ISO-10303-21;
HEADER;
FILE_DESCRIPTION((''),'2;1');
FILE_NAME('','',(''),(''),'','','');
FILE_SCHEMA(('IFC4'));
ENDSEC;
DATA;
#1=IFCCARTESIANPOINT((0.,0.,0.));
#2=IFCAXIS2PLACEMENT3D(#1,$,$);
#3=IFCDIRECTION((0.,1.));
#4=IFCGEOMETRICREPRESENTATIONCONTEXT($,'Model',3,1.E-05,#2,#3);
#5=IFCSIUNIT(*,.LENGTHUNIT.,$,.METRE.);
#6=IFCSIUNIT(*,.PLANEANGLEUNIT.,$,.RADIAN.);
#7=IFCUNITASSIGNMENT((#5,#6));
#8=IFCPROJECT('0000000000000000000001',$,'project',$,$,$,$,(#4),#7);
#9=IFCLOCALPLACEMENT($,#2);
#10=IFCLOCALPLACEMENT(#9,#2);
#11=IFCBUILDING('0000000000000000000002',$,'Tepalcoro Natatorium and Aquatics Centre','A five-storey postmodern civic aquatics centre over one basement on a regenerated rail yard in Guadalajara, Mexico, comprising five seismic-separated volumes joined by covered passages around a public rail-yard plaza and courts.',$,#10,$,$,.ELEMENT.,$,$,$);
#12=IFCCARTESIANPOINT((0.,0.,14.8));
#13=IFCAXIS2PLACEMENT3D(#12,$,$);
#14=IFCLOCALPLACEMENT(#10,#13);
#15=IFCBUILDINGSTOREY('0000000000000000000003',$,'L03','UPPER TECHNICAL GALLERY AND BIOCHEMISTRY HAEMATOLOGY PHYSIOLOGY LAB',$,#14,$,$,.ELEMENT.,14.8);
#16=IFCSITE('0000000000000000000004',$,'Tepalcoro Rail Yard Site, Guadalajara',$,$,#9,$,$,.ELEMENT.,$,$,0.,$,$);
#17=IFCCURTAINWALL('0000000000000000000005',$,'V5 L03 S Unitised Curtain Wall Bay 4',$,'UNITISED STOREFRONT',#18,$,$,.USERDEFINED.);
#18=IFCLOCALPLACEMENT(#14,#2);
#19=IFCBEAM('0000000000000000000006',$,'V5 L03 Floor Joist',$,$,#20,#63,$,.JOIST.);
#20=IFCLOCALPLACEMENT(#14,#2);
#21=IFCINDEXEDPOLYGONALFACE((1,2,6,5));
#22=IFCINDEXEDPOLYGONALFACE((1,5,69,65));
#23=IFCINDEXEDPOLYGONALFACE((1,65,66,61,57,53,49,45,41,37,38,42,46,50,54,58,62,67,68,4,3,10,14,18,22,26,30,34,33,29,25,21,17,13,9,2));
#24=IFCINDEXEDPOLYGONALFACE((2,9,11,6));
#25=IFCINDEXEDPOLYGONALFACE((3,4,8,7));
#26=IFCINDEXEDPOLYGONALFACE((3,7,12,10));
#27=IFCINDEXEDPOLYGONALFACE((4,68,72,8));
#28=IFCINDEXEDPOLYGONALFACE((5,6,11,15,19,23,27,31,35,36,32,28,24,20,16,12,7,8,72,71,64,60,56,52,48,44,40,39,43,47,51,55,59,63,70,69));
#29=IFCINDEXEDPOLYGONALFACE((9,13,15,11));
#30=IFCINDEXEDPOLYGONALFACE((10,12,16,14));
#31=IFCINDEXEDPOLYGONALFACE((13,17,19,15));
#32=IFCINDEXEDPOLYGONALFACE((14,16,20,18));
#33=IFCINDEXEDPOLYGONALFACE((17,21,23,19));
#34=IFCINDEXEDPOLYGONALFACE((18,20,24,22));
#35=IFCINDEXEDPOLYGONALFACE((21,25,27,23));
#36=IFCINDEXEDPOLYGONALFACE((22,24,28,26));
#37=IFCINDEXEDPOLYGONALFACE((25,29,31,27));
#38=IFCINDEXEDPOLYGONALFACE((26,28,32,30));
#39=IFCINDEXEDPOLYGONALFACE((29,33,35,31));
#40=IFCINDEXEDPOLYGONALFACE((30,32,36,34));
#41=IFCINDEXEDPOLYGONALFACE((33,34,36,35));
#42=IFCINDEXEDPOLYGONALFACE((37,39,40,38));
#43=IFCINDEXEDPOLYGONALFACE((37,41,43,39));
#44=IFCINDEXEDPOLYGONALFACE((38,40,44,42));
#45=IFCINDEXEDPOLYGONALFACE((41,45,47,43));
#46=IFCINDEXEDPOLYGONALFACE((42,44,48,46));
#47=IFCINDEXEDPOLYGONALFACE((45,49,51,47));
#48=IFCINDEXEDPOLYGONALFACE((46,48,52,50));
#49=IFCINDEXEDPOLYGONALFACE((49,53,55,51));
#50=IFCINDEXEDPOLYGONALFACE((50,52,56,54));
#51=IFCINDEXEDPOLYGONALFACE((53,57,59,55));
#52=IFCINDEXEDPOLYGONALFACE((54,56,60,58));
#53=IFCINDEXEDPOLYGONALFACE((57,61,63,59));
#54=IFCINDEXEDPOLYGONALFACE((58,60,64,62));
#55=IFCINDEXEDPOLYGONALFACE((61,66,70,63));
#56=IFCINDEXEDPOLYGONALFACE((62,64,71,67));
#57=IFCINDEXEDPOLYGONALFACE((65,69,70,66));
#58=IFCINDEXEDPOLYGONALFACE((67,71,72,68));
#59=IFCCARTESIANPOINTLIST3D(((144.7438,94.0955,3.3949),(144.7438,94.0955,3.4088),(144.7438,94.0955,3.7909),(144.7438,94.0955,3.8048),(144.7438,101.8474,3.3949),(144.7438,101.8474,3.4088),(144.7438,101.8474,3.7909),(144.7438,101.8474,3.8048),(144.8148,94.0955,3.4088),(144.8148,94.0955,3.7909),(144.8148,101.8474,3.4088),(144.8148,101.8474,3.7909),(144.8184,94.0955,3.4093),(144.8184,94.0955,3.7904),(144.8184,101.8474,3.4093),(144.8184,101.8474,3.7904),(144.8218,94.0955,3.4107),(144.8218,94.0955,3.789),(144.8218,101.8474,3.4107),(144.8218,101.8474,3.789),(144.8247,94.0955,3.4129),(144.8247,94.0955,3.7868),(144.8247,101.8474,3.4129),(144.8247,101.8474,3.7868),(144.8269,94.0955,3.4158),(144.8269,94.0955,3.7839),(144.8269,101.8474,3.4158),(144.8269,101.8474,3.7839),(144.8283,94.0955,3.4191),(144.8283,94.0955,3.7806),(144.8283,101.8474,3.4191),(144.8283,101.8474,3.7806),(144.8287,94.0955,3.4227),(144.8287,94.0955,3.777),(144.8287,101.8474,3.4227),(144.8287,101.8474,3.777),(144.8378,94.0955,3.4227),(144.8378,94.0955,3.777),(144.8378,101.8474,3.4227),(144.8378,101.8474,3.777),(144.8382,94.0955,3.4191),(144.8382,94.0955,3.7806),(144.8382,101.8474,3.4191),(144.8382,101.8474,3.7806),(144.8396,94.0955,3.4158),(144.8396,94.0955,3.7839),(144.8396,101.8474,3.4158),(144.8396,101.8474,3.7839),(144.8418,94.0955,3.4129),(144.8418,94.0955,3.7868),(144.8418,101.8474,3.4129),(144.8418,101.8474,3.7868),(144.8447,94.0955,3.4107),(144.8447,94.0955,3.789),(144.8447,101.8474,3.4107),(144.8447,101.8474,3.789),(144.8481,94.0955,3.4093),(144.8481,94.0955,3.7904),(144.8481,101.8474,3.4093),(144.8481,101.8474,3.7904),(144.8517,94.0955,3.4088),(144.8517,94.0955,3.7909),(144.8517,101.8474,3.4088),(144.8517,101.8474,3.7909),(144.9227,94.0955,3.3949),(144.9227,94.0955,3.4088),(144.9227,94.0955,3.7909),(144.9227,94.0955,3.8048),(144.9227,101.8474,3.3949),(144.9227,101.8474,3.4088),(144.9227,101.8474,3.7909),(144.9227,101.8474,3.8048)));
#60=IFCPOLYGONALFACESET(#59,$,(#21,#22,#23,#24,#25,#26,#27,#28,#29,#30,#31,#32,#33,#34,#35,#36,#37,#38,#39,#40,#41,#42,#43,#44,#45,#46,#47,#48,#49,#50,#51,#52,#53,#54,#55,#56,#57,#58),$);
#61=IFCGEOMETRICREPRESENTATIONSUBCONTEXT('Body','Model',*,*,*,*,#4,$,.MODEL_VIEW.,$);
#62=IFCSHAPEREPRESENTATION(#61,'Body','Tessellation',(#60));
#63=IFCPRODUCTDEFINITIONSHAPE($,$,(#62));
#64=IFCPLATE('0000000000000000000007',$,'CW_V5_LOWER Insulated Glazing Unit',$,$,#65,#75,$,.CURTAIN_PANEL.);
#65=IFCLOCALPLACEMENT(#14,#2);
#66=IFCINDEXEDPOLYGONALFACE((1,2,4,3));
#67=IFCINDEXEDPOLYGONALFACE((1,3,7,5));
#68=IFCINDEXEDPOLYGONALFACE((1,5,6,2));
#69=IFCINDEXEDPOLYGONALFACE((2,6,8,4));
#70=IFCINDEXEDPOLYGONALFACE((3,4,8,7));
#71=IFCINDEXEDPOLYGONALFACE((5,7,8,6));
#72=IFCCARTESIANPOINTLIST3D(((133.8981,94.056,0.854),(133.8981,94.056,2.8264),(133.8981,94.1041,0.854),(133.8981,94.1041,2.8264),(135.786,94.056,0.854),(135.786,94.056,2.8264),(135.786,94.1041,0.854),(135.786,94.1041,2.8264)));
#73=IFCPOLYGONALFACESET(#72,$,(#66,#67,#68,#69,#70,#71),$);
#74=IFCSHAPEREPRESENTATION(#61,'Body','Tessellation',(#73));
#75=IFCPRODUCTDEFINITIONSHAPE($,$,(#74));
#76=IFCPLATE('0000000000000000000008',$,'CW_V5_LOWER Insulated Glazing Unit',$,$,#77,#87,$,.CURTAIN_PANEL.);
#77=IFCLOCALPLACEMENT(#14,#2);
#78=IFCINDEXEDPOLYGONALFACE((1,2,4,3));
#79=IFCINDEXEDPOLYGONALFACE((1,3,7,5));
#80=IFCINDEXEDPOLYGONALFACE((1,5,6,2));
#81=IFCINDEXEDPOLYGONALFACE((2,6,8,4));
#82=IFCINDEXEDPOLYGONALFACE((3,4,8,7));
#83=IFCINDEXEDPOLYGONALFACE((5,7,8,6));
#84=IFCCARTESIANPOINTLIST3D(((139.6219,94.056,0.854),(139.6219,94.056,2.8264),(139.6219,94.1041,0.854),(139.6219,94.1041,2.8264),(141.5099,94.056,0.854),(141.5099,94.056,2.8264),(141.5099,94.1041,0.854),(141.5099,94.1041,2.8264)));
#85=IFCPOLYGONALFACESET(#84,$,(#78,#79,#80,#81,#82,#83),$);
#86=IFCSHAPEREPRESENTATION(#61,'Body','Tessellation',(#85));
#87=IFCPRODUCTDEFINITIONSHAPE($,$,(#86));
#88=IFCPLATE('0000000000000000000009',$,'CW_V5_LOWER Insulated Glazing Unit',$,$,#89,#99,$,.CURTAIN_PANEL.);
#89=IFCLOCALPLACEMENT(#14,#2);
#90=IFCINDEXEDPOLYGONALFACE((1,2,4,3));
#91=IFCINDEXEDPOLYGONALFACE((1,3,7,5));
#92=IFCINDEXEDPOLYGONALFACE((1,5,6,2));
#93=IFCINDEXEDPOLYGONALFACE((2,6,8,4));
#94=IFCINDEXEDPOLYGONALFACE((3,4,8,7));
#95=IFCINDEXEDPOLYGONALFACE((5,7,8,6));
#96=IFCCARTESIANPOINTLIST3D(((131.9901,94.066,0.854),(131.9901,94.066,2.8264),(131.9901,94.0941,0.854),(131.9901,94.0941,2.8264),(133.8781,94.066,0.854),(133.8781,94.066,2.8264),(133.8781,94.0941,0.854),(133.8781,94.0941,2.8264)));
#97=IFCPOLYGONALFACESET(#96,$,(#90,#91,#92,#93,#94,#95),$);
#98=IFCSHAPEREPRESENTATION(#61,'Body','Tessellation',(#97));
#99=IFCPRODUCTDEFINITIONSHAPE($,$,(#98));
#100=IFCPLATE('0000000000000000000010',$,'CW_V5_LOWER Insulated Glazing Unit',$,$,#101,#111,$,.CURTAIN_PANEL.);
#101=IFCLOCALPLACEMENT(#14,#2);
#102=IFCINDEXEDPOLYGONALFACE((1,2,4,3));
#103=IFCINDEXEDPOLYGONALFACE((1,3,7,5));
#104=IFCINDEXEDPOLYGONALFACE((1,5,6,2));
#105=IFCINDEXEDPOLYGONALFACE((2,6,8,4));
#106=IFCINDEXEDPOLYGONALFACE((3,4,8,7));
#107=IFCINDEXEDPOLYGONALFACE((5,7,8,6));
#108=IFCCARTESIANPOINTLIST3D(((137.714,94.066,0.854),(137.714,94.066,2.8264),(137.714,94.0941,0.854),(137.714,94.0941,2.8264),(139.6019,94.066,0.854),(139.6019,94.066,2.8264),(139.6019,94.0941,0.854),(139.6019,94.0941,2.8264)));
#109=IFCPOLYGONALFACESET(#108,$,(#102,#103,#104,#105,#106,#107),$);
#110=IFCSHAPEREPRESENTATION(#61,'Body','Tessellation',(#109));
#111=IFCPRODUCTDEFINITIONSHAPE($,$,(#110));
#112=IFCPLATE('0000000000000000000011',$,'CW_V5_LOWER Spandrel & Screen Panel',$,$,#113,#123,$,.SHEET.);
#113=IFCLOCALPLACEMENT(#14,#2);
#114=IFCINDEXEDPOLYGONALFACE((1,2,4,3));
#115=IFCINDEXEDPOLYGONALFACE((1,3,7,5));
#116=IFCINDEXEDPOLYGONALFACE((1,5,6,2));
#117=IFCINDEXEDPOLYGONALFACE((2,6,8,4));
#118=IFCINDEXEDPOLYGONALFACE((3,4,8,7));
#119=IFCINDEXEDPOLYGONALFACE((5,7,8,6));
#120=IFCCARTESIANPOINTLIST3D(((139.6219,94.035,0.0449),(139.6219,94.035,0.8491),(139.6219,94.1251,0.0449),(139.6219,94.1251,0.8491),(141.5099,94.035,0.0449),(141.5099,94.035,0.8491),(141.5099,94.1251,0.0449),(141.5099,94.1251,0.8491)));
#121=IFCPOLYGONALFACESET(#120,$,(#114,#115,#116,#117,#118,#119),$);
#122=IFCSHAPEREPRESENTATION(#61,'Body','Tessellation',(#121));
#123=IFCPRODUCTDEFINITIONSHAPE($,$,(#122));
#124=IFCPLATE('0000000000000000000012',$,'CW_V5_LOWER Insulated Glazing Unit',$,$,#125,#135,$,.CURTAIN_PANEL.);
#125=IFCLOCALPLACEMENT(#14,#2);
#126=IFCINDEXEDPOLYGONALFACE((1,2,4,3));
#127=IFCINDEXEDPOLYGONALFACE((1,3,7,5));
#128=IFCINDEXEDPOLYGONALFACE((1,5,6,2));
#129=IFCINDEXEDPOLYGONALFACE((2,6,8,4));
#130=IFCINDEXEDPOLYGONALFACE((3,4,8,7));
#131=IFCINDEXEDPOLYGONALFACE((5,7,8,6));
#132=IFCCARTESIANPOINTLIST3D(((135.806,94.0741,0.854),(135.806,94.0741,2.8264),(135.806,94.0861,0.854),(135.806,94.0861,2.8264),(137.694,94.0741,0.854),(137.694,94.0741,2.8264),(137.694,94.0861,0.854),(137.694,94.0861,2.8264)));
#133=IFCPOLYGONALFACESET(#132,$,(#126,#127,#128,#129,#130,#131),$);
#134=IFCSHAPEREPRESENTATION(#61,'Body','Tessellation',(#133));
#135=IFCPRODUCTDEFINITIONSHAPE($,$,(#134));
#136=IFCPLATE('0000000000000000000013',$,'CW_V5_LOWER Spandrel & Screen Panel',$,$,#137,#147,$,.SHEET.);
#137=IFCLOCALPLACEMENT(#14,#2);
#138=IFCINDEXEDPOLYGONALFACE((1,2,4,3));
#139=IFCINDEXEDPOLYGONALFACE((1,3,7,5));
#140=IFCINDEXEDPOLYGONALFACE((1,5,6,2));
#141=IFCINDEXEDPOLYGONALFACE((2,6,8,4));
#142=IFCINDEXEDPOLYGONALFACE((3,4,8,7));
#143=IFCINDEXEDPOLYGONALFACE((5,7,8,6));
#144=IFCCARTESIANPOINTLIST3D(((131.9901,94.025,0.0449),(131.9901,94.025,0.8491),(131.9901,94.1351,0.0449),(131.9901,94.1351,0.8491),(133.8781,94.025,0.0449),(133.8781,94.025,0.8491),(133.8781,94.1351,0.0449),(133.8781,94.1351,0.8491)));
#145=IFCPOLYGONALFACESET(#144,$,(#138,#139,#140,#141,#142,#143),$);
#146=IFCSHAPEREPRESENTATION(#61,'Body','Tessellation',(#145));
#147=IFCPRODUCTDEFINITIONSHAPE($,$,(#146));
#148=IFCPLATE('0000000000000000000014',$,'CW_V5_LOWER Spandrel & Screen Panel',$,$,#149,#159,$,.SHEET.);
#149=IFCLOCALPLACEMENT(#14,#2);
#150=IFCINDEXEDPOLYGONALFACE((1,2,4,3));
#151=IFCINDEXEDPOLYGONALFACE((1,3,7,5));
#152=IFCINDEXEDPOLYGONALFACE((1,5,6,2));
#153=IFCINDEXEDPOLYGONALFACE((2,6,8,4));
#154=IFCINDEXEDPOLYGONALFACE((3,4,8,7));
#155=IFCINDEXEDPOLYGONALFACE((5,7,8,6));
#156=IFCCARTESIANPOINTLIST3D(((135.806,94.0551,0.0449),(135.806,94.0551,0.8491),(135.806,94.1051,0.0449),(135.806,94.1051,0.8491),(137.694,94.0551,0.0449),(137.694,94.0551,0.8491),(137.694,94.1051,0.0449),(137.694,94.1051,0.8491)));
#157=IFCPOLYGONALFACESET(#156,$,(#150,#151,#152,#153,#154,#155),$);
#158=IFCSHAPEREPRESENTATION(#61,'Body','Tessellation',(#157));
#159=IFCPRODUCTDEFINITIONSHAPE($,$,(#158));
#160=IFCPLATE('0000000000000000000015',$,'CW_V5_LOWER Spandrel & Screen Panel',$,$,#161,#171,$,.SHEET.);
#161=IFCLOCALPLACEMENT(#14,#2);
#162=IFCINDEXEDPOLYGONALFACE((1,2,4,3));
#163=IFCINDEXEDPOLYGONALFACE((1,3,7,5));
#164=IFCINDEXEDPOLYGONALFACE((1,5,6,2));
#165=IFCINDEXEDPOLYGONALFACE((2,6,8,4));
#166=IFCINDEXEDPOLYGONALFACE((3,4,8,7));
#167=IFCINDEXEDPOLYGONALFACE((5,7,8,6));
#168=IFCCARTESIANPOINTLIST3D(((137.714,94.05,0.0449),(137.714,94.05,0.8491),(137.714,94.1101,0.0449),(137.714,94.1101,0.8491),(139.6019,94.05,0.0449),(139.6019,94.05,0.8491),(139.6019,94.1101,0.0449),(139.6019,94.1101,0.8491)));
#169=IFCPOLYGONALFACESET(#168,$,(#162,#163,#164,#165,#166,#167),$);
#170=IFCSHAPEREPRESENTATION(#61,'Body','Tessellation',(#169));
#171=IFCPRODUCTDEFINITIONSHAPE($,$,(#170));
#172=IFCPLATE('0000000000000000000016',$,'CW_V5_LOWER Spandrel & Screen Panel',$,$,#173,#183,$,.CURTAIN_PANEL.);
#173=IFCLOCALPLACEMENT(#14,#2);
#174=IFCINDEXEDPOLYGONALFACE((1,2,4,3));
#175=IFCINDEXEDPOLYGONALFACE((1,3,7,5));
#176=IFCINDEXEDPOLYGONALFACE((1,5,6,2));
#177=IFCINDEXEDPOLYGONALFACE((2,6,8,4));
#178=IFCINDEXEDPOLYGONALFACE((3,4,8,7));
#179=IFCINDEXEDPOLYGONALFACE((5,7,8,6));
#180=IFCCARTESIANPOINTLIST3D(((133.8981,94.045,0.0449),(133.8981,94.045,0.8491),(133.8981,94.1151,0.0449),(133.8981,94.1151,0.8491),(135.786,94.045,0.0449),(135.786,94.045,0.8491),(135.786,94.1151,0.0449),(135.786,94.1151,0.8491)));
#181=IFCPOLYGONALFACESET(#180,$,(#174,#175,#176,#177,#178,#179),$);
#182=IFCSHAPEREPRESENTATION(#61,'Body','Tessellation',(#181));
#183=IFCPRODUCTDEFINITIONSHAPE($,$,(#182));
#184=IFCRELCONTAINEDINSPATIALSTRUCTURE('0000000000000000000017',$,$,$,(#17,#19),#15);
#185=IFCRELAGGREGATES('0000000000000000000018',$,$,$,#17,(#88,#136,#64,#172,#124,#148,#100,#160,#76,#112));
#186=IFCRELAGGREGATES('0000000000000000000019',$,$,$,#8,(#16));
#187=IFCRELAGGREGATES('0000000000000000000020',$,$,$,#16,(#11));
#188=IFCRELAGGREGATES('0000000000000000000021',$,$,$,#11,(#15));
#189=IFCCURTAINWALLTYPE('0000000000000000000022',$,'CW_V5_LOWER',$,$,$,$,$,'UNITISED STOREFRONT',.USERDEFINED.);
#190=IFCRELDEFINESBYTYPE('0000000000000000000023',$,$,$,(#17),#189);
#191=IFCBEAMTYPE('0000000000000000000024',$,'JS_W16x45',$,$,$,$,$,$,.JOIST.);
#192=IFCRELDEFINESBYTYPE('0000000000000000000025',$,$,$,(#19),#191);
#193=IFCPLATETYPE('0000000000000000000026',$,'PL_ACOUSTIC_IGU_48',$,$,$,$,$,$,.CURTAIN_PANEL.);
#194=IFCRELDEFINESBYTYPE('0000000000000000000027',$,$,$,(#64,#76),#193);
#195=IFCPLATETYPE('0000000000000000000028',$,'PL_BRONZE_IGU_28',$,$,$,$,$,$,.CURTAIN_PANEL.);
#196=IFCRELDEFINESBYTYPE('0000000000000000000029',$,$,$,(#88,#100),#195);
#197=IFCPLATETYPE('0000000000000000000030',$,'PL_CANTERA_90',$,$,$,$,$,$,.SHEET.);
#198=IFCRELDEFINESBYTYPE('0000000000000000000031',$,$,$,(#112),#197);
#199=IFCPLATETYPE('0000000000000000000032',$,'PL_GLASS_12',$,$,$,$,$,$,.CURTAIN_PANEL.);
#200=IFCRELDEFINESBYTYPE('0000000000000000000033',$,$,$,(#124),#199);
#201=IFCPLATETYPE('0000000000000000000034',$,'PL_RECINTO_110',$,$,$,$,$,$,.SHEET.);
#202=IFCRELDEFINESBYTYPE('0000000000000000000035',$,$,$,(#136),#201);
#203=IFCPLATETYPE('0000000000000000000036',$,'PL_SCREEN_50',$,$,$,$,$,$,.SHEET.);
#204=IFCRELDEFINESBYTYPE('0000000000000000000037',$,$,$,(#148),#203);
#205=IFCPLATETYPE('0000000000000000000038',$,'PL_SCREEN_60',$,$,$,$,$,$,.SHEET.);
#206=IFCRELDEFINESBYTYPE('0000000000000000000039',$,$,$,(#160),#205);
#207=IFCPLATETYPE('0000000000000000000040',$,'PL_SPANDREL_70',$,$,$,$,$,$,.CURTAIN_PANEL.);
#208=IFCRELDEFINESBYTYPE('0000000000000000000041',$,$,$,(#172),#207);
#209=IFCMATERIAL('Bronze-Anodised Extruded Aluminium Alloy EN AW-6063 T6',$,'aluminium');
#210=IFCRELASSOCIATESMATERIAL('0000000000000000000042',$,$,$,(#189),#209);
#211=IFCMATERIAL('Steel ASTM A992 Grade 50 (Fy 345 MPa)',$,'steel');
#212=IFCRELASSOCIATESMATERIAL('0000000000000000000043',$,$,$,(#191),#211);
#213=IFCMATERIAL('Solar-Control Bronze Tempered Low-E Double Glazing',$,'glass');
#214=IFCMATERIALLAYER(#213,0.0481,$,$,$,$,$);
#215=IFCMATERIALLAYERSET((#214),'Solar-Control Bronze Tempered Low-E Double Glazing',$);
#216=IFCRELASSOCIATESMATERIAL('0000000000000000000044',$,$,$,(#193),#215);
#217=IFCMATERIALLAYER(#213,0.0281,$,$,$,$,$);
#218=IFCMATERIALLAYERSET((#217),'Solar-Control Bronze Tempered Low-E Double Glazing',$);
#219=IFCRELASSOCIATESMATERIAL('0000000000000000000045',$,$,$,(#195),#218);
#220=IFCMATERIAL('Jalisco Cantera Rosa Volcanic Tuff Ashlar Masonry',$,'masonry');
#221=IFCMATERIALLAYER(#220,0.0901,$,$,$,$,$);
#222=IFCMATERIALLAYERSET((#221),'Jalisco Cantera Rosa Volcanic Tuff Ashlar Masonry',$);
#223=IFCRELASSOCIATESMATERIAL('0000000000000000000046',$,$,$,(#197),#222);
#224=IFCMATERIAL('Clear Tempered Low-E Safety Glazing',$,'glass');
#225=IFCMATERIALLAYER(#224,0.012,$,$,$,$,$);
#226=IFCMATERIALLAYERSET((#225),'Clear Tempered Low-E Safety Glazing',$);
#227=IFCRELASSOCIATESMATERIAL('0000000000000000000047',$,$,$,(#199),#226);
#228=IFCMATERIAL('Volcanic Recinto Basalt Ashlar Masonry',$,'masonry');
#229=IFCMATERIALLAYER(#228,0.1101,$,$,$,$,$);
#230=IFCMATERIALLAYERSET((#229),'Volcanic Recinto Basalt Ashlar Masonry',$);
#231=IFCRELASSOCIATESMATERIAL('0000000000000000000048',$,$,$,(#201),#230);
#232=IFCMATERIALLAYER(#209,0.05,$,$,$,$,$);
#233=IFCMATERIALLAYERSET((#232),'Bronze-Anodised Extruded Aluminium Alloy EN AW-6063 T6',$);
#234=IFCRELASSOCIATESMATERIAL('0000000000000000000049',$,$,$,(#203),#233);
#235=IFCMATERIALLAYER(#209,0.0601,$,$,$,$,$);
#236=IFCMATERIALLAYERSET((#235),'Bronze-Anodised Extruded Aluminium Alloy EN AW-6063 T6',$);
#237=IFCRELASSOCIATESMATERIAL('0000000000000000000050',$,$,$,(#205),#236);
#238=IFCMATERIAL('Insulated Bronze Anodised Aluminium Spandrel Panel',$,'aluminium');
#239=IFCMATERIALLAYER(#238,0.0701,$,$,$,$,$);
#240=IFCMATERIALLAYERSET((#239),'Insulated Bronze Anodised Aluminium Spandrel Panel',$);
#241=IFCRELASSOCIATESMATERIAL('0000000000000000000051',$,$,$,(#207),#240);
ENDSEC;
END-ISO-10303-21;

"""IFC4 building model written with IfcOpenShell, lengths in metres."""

from ifc_helpers import new_model, si_unit, direction, frame, origin, origin_2d, place, context, subcontext, project, spatial, rectangle, i_section, extrude, material, layer, layer_set, material_profile, profile_set, type_object, element, aggregate, save


model = new_model("IFC4")

# Units and contexts
model_context = context("Model", 3, precision=1e-05, world=origin(), true_north=direction((0.0, 1.0)))
body_context = subcontext(model_context, "Body", "Model", "MODEL_VIEW")
ifc_project = project(units=[si_unit("LENGTHUNIT", "METRE"), si_unit("PLANEANGLEUNIT", "RADIAN")], contexts=[model_context])

# Site, building, storey
site_placement = place(None, origin())
site = spatial("IfcSite", under=ifc_project, at=site_placement, Name="Tepalcoro Rail Yard Site, Guadalajara", CompositionType="ELEMENT", RefElevation=0.0)
building_placement = place(site_placement, origin())
building = spatial("IfcBuilding", under=site, at=building_placement, Name="Tepalcoro Natatorium and Aquatics Centre", Description="A five-storey postmodern civic aquatics centre over one basement on a regenerated rail yard in Guadalajara, Mexico, comprising five seismic-separated volumes joined by covered passages around a public rail-yard plaza and courts.", CompositionType="ELEMENT")
storey_placement = place(building_placement, frame((0.0, 0.0, 14.8)))
storey = spatial("IfcBuildingStorey", under=building, at=storey_placement, Name="L03", Description="UPPER TECHNICAL GALLERY AND BIOCHEMISTRY HAEMATOLOGY PHYSIOLOGY LAB", CompositionType="ELEMENT", Elevation=14.8)

# Shared definitions
ifc_material_1 = material(Name="Steel ASTM A992 Grade 50 (Fy 345 MPa)", Category="steel")

# Curtain wall
ifc_material_2 = material(Name="Bronze-Anodised Extruded Aluminium Alloy EN AW-6063 T6", Category="aluminium")
curtain_wall_type = type_object("IfcCurtainWallType", Name="CW_V5_LOWER", ElementType="UNITISED STOREFRONT", PredefinedType="USERDEFINED", material=ifc_material_2)
curtain_wall_placement = place(storey_placement, origin())
curtain_wall = element("IfcCurtainWall", 1, at=curtain_wall_placement, inside=storey, type_object=curtain_wall_type, Name="V5 L03 S Unitised Curtain Wall Bay 4", ObjectType="UNITISED STOREFRONT", PredefinedType="USERDEFINED")

# Beam
ifc_material_profile_1 = material_profile(ifc_material_1, i_section(OverallWidth=0.179, OverallDepth=0.4099, WebThickness=0.009, FlangeThickness=0.0139, FilletRadius=0.0139, at=origin_2d()), Name="W16X45")
ifc_profile_set_1 = profile_set([ifc_material_profile_1], Name="Steel ASTM A992 Grade 50 (Fy 345 MPa)")
beam_type_1 = type_object("IfcBeamType", Name="JS_W16x45", PredefinedType="JOIST", material=ifc_profile_set_1)
beam_1_placement = place(storey_placement, frame((144.8333, 94.0955, 3.5999), z_axis=(0.0, 1.0, 0.0), x_axis=(-1.0, 0.0, 0.0)))
element("IfcBeam", 2, at=beam_1_placement, inside=storey, type_object=beam_type_1, Name="V5 L03 Floor Joist", PredefinedType="JOIST", context=body_context, shape_type="SweptSolid", body=[
    extrude(i_section(OverallWidth=0.179, OverallDepth=0.4099, WebThickness=0.009, FlangeThickness=0.0139, FilletRadius=0.0139, at=origin_2d()), origin(), (0.0, 0.0, 1.0), 7.752),
])

# Plates
ifc_material_3 = material(Name="Solar-Control Bronze Tempered Low-E Double Glazing", Category="glass")
ifc_layer_1 = layer(ifc_material_3, 0.0481)
ifc_layer_set_1 = layer_set([ifc_layer_1], Name="Solar-Control Bronze Tempered Low-E Double Glazing")
plate_type_1 = type_object("IfcPlateType", Name="PL_ACOUSTIC_IGU_48", PredefinedType="CURTAIN_PANEL", material=ifc_layer_set_1)
plate_1_placement = place(storey_placement, frame((134.842, 94.0801, 0.854), z_axis=(0.0, 0.0, 1.0), x_axis=(1.0, 0.0, 0.0)))
plate_1 = element("IfcPlate", 3, at=plate_1_placement, type_object=plate_type_1, Name="CW_V5_LOWER Insulated Glazing Unit", PredefinedType="CURTAIN_PANEL", context=body_context, shape_type="SweptSolid", body=[
    extrude(rectangle(XDim=1.8879, YDim=0.0481, at=origin_2d()), origin(), (0.0, 0.0, 1.0), 1.9724),
])
plate_2_placement = place(storey_placement, frame((140.5659, 94.0801, 0.854), z_axis=(0.0, 0.0, 1.0), x_axis=(1.0, 0.0, 0.0)))
plate_2 = element("IfcPlate", 4, at=plate_2_placement, type_object=plate_type_1, Name="CW_V5_LOWER Insulated Glazing Unit", PredefinedType="CURTAIN_PANEL", context=body_context, shape_type="SweptSolid", body=[
    extrude(rectangle(XDim=1.8879, YDim=0.0481, at=origin_2d()), origin(), (0.0, 0.0, 1.0), 1.9724),
])
ifc_layer_2 = layer(ifc_material_3, 0.0281)
ifc_layer_set_2 = layer_set([ifc_layer_2], Name="Solar-Control Bronze Tempered Low-E Double Glazing")
plate_type_2 = type_object("IfcPlateType", Name="PL_BRONZE_IGU_28", PredefinedType="CURTAIN_PANEL", material=ifc_layer_set_2)
plate_3_placement = place(storey_placement, frame((132.9341, 94.0801, 0.854), z_axis=(0.0, 0.0, 1.0), x_axis=(1.0, 0.0, 0.0)))
plate_3 = element("IfcPlate", 5, at=plate_3_placement, type_object=plate_type_2, Name="CW_V5_LOWER Insulated Glazing Unit", PredefinedType="CURTAIN_PANEL", context=body_context, shape_type="SweptSolid", body=[
    extrude(rectangle(XDim=1.8879, YDim=0.0281, at=origin_2d()), origin(), (0.0, 0.0, 1.0), 1.9724),
])
plate_4_placement = place(storey_placement, frame((138.658, 94.0801, 0.854), z_axis=(0.0, 0.0, 1.0), x_axis=(1.0, 0.0, 0.0)))
plate_4 = element("IfcPlate", 6, at=plate_4_placement, type_object=plate_type_2, Name="CW_V5_LOWER Insulated Glazing Unit", PredefinedType="CURTAIN_PANEL", context=body_context, shape_type="SweptSolid", body=[
    extrude(rectangle(XDim=1.8879, YDim=0.0281, at=origin_2d()), origin(), (0.0, 0.0, 1.0), 1.9724),
])
ifc_material_4 = material(Name="Jalisco Cantera Rosa Volcanic Tuff Ashlar Masonry", Category="masonry")
ifc_layer_3 = layer(ifc_material_4, 0.0901)
ifc_layer_set_3 = layer_set([ifc_layer_3], Name="Jalisco Cantera Rosa Volcanic Tuff Ashlar Masonry")
plate_type_3 = type_object("IfcPlateType", Name="PL_CANTERA_90", PredefinedType="SHEET", material=ifc_layer_set_3)
plate_5_placement = place(storey_placement, frame((140.5659, 94.0801, 0.0449), z_axis=(0.0, 0.0, 1.0), x_axis=(1.0, 0.0, 0.0)))
plate_5 = element("IfcPlate", 7, at=plate_5_placement, type_object=plate_type_3, Name="CW_V5_LOWER Spandrel & Screen Panel", PredefinedType="SHEET", context=body_context, shape_type="SweptSolid", body=[
    extrude(rectangle(XDim=1.8879, YDim=0.0901, at=origin_2d()), origin(), (0.0, 0.0, 1.0), 0.8042),
])
ifc_material_5 = material(Name="Clear Tempered Low-E Safety Glazing", Category="glass")
ifc_layer_4 = layer(ifc_material_5, 0.012)
ifc_layer_set_4 = layer_set([ifc_layer_4], Name="Clear Tempered Low-E Safety Glazing")
plate_type_4 = type_object("IfcPlateType", Name="PL_GLASS_12", PredefinedType="CURTAIN_PANEL", material=ifc_layer_set_4)
plate_6_placement = place(storey_placement, frame((136.75, 94.0801, 0.854), z_axis=(0.0, 0.0, 1.0), x_axis=(1.0, 0.0, 0.0)))
plate_6 = element("IfcPlate", 8, at=plate_6_placement, type_object=plate_type_4, Name="CW_V5_LOWER Insulated Glazing Unit", PredefinedType="CURTAIN_PANEL", context=body_context, shape_type="SweptSolid", body=[
    extrude(rectangle(XDim=1.8879, YDim=0.012, at=origin_2d()), origin(), (0.0, 0.0, 1.0), 1.9724),
])
ifc_material_6 = material(Name="Volcanic Recinto Basalt Ashlar Masonry", Category="masonry")
ifc_layer_5 = layer(ifc_material_6, 0.1101)
ifc_layer_set_5 = layer_set([ifc_layer_5], Name="Volcanic Recinto Basalt Ashlar Masonry")
plate_type_5 = type_object("IfcPlateType", Name="PL_RECINTO_110", PredefinedType="SHEET", material=ifc_layer_set_5)
plate_7_placement = place(storey_placement, frame((132.9341, 94.0801, 0.0449), z_axis=(0.0, 0.0, 1.0), x_axis=(1.0, 0.0, 0.0)))
plate_7 = element("IfcPlate", 9, at=plate_7_placement, type_object=plate_type_5, Name="CW_V5_LOWER Spandrel & Screen Panel", PredefinedType="SHEET", context=body_context, shape_type="SweptSolid", body=[
    extrude(rectangle(XDim=1.8879, YDim=0.1101, at=origin_2d()), origin(), (0.0, 0.0, 1.0), 0.8042),
])
ifc_layer_6 = layer(ifc_material_2, 0.05)
ifc_layer_set_6 = layer_set([ifc_layer_6], Name="Bronze-Anodised Extruded Aluminium Alloy EN AW-6063 T6")
plate_type_6 = type_object("IfcPlateType", Name="PL_SCREEN_50", PredefinedType="SHEET", material=ifc_layer_set_6)
plate_8_placement = place(storey_placement, frame((136.75, 94.0801, 0.0449), z_axis=(0.0, 0.0, 1.0), x_axis=(1.0, 0.0, 0.0)))
plate_8 = element("IfcPlate", 10, at=plate_8_placement, type_object=plate_type_6, Name="CW_V5_LOWER Spandrel & Screen Panel", PredefinedType="SHEET", context=body_context, shape_type="SweptSolid", body=[
    extrude(rectangle(XDim=1.8879, YDim=0.05, at=origin_2d()), origin(), (0.0, 0.0, 1.0), 0.8042),
])
ifc_layer_7 = layer(ifc_material_2, 0.0601)
ifc_layer_set_7 = layer_set([ifc_layer_7], Name="Bronze-Anodised Extruded Aluminium Alloy EN AW-6063 T6")
plate_type_7 = type_object("IfcPlateType", Name="PL_SCREEN_60", PredefinedType="SHEET", material=ifc_layer_set_7)
plate_9_placement = place(storey_placement, frame((138.658, 94.0801, 0.0449), z_axis=(0.0, 0.0, 1.0), x_axis=(1.0, 0.0, 0.0)))
plate_9 = element("IfcPlate", 11, at=plate_9_placement, type_object=plate_type_7, Name="CW_V5_LOWER Spandrel & Screen Panel", PredefinedType="SHEET", context=body_context, shape_type="SweptSolid", body=[
    extrude(rectangle(XDim=1.8879, YDim=0.0601, at=origin_2d()), origin(), (0.0, 0.0, 1.0), 0.8042),
])
ifc_material_7 = material(Name="Insulated Bronze Anodised Aluminium Spandrel Panel", Category="aluminium")
ifc_layer_8 = layer(ifc_material_7, 0.0701)
ifc_layer_set_8 = layer_set([ifc_layer_8], Name="Insulated Bronze Anodised Aluminium Spandrel Panel")
plate_type_8 = type_object("IfcPlateType", Name="PL_SPANDREL_70", PredefinedType="CURTAIN_PANEL", material=ifc_layer_set_8)
plate_10_placement = place(storey_placement, frame((134.842, 94.0801, 0.0449), z_axis=(0.0, 0.0, 1.0), x_axis=(1.0, 0.0, 0.0)))
plate_10 = element("IfcPlate", 12, at=plate_10_placement, type_object=plate_type_8, Name="CW_V5_LOWER Spandrel & Screen Panel", PredefinedType="CURTAIN_PANEL", context=body_context, shape_type="SweptSolid", body=[
    extrude(rectangle(XDim=1.8879, YDim=0.0701, at=origin_2d()), origin(), (0.0, 0.0, 1.0), 0.8042),
])
aggregate(curtain_wall, [plate_3, plate_7, plate_1, plate_10, plate_6, plate_8, plate_4, plate_9, plate_2, plate_5])

save(model, "model.ifc")
